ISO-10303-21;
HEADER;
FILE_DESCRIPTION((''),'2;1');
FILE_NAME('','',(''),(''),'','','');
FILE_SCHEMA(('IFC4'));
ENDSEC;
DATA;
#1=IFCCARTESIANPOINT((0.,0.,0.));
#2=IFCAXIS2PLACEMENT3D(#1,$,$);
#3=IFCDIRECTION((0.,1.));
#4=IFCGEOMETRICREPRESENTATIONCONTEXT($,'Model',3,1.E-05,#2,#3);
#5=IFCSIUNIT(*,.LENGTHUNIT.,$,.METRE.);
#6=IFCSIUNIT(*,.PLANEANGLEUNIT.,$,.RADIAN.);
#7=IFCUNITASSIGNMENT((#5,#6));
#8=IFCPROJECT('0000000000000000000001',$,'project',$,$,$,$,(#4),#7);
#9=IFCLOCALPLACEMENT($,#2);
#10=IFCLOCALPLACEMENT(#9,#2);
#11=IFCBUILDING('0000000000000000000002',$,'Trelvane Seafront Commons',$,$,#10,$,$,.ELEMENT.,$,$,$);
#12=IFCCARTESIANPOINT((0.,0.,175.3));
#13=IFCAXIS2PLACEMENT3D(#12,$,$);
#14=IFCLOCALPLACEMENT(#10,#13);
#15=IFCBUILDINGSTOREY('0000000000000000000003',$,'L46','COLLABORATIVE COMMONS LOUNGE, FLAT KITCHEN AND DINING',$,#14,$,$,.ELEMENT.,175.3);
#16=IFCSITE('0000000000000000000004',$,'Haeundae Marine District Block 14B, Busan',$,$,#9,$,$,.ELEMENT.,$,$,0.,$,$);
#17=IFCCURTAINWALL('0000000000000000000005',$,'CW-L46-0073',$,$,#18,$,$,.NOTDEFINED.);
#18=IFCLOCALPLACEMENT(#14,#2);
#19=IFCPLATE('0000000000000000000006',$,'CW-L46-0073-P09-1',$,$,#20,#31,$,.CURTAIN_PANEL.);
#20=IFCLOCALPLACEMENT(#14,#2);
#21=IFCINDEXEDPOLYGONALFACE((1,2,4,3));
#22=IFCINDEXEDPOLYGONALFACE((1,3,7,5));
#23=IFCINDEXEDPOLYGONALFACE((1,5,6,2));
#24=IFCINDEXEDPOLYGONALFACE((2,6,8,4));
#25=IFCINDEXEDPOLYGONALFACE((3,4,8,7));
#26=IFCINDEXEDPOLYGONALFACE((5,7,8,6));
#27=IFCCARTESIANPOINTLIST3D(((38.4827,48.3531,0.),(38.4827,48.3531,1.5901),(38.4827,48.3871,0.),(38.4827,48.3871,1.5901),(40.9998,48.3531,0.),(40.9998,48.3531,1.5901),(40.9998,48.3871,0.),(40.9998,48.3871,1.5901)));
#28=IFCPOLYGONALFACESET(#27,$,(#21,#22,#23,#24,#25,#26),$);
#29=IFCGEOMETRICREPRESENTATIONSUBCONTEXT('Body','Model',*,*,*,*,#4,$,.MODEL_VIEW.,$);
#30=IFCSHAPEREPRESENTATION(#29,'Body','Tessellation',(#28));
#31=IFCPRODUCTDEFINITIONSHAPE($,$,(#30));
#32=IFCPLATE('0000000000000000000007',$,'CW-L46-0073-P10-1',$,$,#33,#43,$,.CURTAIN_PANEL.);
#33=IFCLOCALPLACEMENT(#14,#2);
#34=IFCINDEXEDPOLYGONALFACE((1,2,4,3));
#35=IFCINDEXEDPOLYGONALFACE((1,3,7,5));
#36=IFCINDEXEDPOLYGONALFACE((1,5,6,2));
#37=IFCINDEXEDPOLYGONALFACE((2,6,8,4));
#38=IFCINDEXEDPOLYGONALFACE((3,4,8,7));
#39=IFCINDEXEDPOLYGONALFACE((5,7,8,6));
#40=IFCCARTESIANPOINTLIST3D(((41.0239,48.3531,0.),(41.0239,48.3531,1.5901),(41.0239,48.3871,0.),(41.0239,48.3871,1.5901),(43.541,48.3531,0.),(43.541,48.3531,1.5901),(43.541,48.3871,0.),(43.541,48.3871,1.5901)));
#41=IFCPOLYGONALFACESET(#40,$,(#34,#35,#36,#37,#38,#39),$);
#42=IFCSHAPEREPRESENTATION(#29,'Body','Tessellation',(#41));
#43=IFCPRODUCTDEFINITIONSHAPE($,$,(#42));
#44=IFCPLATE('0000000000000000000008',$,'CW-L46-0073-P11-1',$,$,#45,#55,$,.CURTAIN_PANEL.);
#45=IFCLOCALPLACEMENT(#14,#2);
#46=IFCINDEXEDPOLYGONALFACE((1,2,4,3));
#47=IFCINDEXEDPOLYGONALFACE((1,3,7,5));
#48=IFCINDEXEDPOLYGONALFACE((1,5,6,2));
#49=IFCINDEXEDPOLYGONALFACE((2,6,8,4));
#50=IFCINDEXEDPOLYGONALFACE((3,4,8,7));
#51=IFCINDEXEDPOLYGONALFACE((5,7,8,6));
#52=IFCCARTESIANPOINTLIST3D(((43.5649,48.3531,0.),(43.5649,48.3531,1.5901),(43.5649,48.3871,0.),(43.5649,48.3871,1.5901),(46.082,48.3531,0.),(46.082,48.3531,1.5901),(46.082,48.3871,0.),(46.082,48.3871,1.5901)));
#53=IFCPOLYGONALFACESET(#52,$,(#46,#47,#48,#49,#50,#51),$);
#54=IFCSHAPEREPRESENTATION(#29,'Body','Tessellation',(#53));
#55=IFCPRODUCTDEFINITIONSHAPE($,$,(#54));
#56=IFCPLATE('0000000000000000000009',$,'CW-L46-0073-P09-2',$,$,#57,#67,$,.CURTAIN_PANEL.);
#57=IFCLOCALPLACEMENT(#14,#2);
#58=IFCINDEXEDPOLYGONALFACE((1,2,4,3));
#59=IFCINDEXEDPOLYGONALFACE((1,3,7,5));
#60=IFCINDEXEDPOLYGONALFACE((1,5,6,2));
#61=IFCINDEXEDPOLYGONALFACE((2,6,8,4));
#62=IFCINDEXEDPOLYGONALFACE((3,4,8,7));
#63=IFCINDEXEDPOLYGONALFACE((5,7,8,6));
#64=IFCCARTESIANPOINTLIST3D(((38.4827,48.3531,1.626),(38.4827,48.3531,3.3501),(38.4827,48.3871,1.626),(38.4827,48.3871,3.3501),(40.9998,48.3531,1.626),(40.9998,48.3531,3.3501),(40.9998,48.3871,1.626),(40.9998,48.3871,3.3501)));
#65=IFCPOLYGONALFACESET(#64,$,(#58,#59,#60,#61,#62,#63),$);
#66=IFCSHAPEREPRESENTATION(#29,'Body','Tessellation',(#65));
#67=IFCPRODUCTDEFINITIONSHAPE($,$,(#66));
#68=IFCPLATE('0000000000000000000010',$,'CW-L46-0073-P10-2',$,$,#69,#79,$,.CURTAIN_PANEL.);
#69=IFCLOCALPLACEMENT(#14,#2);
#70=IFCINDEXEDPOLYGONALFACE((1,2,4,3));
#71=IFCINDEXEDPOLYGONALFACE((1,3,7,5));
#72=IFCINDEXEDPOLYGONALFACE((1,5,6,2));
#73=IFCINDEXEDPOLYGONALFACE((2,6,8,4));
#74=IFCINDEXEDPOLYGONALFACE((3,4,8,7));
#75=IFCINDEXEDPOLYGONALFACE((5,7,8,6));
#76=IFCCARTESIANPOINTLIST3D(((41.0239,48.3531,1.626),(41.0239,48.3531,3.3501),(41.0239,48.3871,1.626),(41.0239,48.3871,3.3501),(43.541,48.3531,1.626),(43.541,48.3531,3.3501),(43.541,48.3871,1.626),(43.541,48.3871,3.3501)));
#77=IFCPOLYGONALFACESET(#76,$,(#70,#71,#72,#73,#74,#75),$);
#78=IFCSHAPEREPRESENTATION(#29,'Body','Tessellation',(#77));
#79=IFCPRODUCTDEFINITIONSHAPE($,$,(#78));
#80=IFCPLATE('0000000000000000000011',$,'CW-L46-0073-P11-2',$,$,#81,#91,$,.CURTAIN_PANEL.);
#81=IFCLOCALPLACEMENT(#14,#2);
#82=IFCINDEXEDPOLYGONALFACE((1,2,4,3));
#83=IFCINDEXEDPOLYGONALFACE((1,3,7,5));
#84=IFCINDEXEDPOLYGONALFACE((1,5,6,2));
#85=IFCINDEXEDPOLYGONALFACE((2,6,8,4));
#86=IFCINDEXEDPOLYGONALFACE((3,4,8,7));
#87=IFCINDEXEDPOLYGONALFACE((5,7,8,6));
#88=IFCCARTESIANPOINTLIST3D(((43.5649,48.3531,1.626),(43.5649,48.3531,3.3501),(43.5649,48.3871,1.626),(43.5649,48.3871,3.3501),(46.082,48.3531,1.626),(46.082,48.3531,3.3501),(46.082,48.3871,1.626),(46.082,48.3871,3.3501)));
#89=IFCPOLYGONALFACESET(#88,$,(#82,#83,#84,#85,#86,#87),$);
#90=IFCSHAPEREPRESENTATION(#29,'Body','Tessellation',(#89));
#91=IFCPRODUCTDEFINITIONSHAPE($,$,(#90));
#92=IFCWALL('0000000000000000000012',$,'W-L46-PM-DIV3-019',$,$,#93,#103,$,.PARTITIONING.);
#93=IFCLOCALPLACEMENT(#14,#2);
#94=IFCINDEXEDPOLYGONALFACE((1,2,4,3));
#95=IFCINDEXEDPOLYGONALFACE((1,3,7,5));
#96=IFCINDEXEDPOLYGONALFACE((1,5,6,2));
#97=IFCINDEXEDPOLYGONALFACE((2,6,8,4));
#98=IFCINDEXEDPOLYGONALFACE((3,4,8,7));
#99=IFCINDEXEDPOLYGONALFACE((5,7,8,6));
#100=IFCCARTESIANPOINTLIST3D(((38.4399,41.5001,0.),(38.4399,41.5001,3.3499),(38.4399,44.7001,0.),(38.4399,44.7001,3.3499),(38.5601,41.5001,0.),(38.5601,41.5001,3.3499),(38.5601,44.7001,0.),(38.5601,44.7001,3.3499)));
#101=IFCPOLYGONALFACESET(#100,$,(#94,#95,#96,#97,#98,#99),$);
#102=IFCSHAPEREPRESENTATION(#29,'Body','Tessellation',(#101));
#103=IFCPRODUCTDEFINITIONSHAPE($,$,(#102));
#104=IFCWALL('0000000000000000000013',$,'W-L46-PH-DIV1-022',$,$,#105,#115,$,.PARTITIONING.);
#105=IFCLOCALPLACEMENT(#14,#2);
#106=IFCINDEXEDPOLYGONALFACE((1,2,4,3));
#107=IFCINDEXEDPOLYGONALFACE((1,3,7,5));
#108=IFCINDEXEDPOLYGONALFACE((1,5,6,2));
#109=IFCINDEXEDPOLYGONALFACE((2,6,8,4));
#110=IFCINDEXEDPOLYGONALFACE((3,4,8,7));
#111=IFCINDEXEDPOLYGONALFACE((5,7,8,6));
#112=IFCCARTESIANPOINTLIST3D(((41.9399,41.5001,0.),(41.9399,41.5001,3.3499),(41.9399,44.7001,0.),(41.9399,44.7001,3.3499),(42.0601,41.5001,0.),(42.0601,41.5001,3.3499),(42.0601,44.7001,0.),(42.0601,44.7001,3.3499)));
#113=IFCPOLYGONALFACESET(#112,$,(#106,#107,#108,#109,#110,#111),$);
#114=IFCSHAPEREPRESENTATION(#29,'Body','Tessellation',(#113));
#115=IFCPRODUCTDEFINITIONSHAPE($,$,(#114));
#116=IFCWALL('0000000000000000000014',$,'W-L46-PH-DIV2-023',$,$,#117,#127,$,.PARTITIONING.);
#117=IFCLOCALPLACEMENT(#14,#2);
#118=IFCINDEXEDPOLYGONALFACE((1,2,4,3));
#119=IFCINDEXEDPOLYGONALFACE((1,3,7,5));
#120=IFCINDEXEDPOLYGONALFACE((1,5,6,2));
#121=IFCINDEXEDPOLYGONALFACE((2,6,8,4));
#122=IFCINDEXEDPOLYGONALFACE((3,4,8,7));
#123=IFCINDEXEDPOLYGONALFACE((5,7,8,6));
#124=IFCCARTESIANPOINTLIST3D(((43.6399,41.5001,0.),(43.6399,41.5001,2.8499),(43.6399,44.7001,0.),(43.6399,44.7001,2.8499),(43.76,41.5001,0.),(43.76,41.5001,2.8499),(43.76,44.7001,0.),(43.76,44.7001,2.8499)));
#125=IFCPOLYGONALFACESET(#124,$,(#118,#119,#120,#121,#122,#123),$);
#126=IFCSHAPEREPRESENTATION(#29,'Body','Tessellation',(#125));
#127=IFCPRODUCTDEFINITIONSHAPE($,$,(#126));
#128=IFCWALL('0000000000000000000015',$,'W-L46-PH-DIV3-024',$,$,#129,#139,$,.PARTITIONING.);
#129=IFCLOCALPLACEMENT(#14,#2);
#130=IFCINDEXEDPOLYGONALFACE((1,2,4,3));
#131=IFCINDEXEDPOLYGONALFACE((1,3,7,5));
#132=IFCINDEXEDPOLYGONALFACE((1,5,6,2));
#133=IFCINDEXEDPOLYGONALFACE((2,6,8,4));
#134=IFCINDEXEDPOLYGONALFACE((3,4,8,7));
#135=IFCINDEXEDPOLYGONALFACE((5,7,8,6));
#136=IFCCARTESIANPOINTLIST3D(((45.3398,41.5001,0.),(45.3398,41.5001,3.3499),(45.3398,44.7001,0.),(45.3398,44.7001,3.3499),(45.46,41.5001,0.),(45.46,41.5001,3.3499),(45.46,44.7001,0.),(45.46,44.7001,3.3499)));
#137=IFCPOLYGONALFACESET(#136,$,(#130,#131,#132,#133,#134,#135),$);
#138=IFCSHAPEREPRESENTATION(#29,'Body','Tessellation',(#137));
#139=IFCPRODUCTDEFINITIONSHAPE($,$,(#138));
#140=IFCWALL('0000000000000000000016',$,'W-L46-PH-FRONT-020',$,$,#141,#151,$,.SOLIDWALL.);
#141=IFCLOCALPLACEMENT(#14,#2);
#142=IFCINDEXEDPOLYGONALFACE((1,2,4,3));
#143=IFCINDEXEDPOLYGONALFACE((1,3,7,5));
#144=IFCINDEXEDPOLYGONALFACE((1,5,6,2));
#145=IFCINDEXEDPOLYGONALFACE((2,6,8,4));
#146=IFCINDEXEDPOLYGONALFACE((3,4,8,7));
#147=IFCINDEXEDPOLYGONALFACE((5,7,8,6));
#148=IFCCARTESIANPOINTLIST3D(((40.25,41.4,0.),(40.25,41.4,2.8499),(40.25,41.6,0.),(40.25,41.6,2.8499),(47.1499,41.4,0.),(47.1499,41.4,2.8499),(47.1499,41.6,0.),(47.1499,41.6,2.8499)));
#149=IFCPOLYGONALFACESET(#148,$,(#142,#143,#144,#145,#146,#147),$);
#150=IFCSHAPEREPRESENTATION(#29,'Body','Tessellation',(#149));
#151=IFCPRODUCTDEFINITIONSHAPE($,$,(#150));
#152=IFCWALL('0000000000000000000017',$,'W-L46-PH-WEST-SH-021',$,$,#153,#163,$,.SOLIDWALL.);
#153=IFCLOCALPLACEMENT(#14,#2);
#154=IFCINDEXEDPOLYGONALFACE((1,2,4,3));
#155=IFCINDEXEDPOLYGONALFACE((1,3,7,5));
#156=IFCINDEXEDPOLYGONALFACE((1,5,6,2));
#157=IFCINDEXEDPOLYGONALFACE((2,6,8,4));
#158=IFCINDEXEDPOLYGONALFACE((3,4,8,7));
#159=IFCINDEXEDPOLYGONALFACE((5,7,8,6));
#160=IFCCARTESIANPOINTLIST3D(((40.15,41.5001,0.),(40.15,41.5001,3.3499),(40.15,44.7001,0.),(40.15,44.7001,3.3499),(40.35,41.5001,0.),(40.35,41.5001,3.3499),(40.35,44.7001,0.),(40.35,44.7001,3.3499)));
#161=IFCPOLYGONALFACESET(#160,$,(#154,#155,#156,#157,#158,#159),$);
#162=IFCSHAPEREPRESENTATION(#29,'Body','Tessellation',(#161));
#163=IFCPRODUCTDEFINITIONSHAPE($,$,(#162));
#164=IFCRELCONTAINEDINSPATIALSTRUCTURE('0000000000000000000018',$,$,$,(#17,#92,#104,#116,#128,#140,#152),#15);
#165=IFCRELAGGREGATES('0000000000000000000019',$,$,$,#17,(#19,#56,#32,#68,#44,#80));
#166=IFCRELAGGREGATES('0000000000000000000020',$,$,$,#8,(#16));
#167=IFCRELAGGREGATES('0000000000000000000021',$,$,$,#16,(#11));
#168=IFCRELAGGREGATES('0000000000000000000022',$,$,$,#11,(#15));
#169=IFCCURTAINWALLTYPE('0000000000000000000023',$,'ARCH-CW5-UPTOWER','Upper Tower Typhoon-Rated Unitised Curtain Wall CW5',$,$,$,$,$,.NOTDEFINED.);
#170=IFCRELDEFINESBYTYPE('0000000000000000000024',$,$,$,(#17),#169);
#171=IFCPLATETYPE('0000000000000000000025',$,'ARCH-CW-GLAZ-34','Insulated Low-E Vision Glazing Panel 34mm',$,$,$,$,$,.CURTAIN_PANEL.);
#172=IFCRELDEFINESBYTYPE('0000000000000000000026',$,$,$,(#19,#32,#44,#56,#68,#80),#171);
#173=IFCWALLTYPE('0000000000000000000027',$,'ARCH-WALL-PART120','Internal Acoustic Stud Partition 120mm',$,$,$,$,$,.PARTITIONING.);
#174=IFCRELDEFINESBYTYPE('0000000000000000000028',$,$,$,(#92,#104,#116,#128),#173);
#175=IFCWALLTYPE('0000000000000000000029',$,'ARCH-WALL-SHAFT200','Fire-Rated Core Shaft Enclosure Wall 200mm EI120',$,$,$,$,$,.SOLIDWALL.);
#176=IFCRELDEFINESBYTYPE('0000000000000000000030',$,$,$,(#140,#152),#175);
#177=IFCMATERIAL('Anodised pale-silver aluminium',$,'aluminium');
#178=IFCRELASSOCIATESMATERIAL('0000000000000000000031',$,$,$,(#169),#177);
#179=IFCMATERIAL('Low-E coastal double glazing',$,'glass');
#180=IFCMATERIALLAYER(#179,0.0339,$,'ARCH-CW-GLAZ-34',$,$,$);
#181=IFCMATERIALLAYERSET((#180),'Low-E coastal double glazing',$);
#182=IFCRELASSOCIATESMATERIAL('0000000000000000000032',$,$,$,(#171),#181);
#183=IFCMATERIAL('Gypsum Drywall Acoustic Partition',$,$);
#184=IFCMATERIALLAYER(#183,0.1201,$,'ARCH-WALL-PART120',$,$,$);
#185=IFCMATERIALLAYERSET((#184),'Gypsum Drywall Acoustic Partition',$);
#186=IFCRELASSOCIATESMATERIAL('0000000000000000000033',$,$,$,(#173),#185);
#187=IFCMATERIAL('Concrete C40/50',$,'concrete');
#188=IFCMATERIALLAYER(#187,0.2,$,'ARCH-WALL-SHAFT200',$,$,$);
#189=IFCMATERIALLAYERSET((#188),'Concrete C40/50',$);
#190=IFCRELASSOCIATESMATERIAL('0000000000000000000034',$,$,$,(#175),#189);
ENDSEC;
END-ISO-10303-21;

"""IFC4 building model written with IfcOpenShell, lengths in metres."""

from ifc_helpers import new_model, si_unit, direction, frame, frame_2d, origin, origin_2d, place, context, subcontext, project, spatial, rectangle, extrude, source, transform, mapped, material, layer, layer_set, type_object, element, aggregate, save


model = new_model("IFC4")

# Units and contexts
model_context = context("Model", 3, precision=1e-05, world=origin(), true_north=direction((0.0, 1.0)))
body_context = subcontext(model_context, "Body", "Model", "MODEL_VIEW")
ifc_project = project(units=[si_unit("LENGTHUNIT", "METRE"), si_unit("PLANEANGLEUNIT", "RADIAN")], contexts=[model_context])

# Site, building, storey
site_placement = place(None, origin())
site = spatial("IfcSite", under=ifc_project, at=site_placement, Name="Haeundae Marine District Block 14B, Busan", CompositionType="ELEMENT", RefElevation=0.0)
building_placement = place(site_placement, origin())
building = spatial("IfcBuilding", under=site, at=building_placement, Name="Trelvane Seafront Commons", CompositionType="ELEMENT")
storey_placement = place(building_placement, frame((0.0, 0.0, 175.3)))
storey = spatial("IfcBuildingStorey", under=building, at=storey_placement, Name="L46", Description="COLLABORATIVE COMMONS LOUNGE, FLAT KITCHEN AND DINING", CompositionType="ELEMENT", Elevation=175.3)

# Curtain wall
ifc_material_1 = material(Name="Anodised pale-silver aluminium", Category="aluminium")
curtain_wall_type = type_object("IfcCurtainWallType", Name="ARCH-CW5-UPTOWER", Description="Upper Tower Typhoon-Rated Unitised Curtain Wall CW5", PredefinedType="NOTDEFINED", material=ifc_material_1)
curtain_wall_placement = place(storey_placement, origin())
curtain_wall = element("IfcCurtainWall", 1, at=curtain_wall_placement, inside=storey, type_object=curtain_wall_type, Name="CW-L46-0073", PredefinedType="NOTDEFINED")

# Plates
ifc_material_2 = material(Name="Low-E coastal double glazing", Category="glass")
ifc_layer_1 = layer(ifc_material_2, 0.0339, Name="ARCH-CW-GLAZ-34")
ifc_layer_set_1 = layer_set([ifc_layer_1], Name="Low-E coastal double glazing")
plate_type_1 = type_object("IfcPlateType", Name="ARCH-CW-GLAZ-34", Description="Insulated Low-E Vision Glazing Panel 34mm", PredefinedType="CURTAIN_PANEL", material=ifc_layer_set_1)
shared_shape_1 = source(origin(), body_context, "Body", "SweptSolid", [
    extrude(rectangle(XDim=2.5171, YDim=0.0339, at=origin_2d()), origin(), (0.0, 0.0, 1.0), 1.5901),
])
plate_1_placement = place(storey_placement, frame((39.7412, 48.3701, 0.0), z_axis=(0.0, 0.0, 1.0), x_axis=(1.0, 0.0, 0.0)))
plate_1 = element("IfcPlate", 2, at=plate_1_placement, type_object=plate_type_1, Name="CW-L46-0073-P09-1", PredefinedType="CURTAIN_PANEL", context=body_context, shape_type="MappedRepresentation", body=[
    mapped(shared_shape_1, transform((0.0, 0.0, 0.0), x_axis=(1.0, 0.0, 0.0), y_axis=(0.0, 1.0, 0.0), z_axis=(0.0, 0.0, 1.0), scale=1.0)),
])
plate_2_placement = place(storey_placement, frame((42.2825, 48.3701, 0.0), z_axis=(0.0, 0.0, 1.0), x_axis=(1.0, 0.0, 0.0)))
plate_2 = element("IfcPlate", 3, at=plate_2_placement, type_object=plate_type_1, Name="CW-L46-0073-P10-1", PredefinedType="CURTAIN_PANEL", context=body_context, shape_type="MappedRepresentation", body=[
    mapped(shared_shape_1, transform((0.0, 0.0, 0.0), x_axis=(1.0, 0.0, 0.0), y_axis=(0.0, 1.0, 0.0), z_axis=(0.0, 0.0, 1.0), scale=1.0)),
])
plate_3_placement = place(storey_placement, frame((44.8235, 48.3701, 0.0), z_axis=(0.0, 0.0, 1.0), x_axis=(1.0, 0.0, 0.0)))
plate_3 = element("IfcPlate", 4, at=plate_3_placement, type_object=plate_type_1, Name="CW-L46-0073-P11-1", PredefinedType="CURTAIN_PANEL", context=body_context, shape_type="MappedRepresentation", body=[
    mapped(shared_shape_1, transform((0.0, 0.0, 0.0), x_axis=(1.0, 0.0, 0.0), y_axis=(0.0, 1.0, 0.0), z_axis=(0.0, 0.0, 1.0), scale=1.0)),
])
shared_shape_2 = source(origin(), body_context, "Body", "SweptSolid", [
    extrude(rectangle(XDim=2.5171, YDim=0.0339, at=origin_2d()), origin(), (0.0, 0.0, 1.0), 1.7241),
])
plate_4_placement = place(storey_placement, frame((39.7412, 48.3701, 1.626), z_axis=(0.0, 0.0, 1.0), x_axis=(1.0, 0.0, 0.0)))
plate_4 = element("IfcPlate", 5, at=plate_4_placement, type_object=plate_type_1, Name="CW-L46-0073-P09-2", PredefinedType="CURTAIN_PANEL", context=body_context, shape_type="MappedRepresentation", body=[
    mapped(shared_shape_2, transform((0.0, 0.0, 0.0), x_axis=(1.0, 0.0, 0.0), y_axis=(0.0, 1.0, 0.0), z_axis=(0.0, 0.0, 1.0), scale=1.0)),
])
plate_5_placement = place(storey_placement, frame((42.2825, 48.3701, 1.626), z_axis=(0.0, 0.0, 1.0), x_axis=(1.0, 0.0, 0.0)))
plate_5 = element("IfcPlate", 6, at=plate_5_placement, type_object=plate_type_1, Name="CW-L46-0073-P10-2", PredefinedType="CURTAIN_PANEL", context=body_context, shape_type="MappedRepresentation", body=[
    mapped(shared_shape_2, transform((0.0, 0.0, 0.0), x_axis=(1.0, 0.0, 0.0), y_axis=(0.0, 1.0, 0.0), z_axis=(0.0, 0.0, 1.0), scale=1.0)),
])
plate_6_placement = place(storey_placement, frame((44.8235, 48.3701, 1.626), z_axis=(0.0, 0.0, 1.0), x_axis=(1.0, 0.0, 0.0)))
plate_6 = element("IfcPlate", 7, at=plate_6_placement, type_object=plate_type_1, Name="CW-L46-0073-P11-2", PredefinedType="CURTAIN_PANEL", context=body_context, shape_type="MappedRepresentation", body=[
    mapped(shared_shape_2, transform((0.0, 0.0, 0.0), x_axis=(1.0, 0.0, 0.0), y_axis=(0.0, 1.0, 0.0), z_axis=(0.0, 0.0, 1.0), scale=1.0)),
])
aggregate(curtain_wall, [plate_1, plate_4, plate_2, plate_5, plate_3, plate_6])

# Walls
ifc_material_3 = material(Name="Gypsum Drywall Acoustic Partition")
ifc_layer_2 = layer(ifc_material_3, 0.1201, Name="ARCH-WALL-PART120")
ifc_layer_set_2 = layer_set([ifc_layer_2], Name="Gypsum Drywall Acoustic Partition")
wall_type_1 = type_object("IfcWallType", Name="ARCH-WALL-PART120", Description="Internal Acoustic Stud Partition 120mm", PredefinedType="PARTITIONING", material=ifc_layer_set_2)
for number, where, z_axis, x_axis, name in (
    (8, (38.5, 41.5, 0.0), (0.0, 0.0, 1.0), (0.0, 1.0, 0.0), "W-L46-PM-DIV3-019"),
    (9, (42.0, 41.5, 0.0), (0.0, 0.0, 1.0), (0.0, 1.0, 0.0), "W-L46-PH-DIV1-022"),
):
    element("IfcWall", number, at=place(storey_placement, frame(where, z_axis=z_axis, x_axis=x_axis)), inside=storey, type_object=wall_type_1, Name=name, PredefinedType="PARTITIONING", context=body_context, shape_type="SweptSolid", body=[
        extrude(rectangle(XDim=3.2, YDim=0.1201, at=frame_2d((1.6001, 0.0))), origin(), (0.0, 0.0, 1.0), 3.3499),
    ])
wall_1_placement = place(storey_placement, frame((43.7, 41.5, 0.0), z_axis=(0.0, 0.0, 1.0), x_axis=(0.0, 1.0, 0.0)))
element("IfcWall", 10, at=wall_1_placement, inside=storey, type_object=wall_type_1, Name="W-L46-PH-DIV2-023", PredefinedType="PARTITIONING", context=body_context, shape_type="SweptSolid", body=[
    extrude(rectangle(XDim=3.2, YDim=0.1201, at=frame_2d((1.6001, 0.0))), origin(), (0.0, 0.0, 1.0), 2.8499),
])
wall_2_placement = place(storey_placement, frame((45.3999, 41.5, 0.0), z_axis=(0.0, 0.0, 1.0), x_axis=(0.0, 1.0, 0.0)))
element("IfcWall", 11, at=wall_2_placement, inside=storey, type_object=wall_type_1, Name="W-L46-PH-DIV3-024", PredefinedType="PARTITIONING", context=body_context, shape_type="SweptSolid", body=[
    extrude(rectangle(XDim=3.2, YDim=0.1201, at=frame_2d((1.6001, 0.0))), origin(), (0.0, 0.0, 1.0), 3.3499),
])
ifc_material_4 = material(Name="Concrete C40/50", Category="concrete")
ifc_layer_3 = layer(ifc_material_4, 0.2, Name="ARCH-WALL-SHAFT200")
ifc_layer_set_3 = layer_set([ifc_layer_3], Name="Concrete C40/50")
wall_type_2 = type_object("IfcWallType", Name="ARCH-WALL-SHAFT200", Description="Fire-Rated Core Shaft Enclosure Wall 200mm EI120", PredefinedType="SOLIDWALL", material=ifc_layer_set_3)
wall_3_placement = place(storey_placement, frame((40.25, 41.5, 0.0), z_axis=(0.0, 0.0, 1.0), x_axis=(1.0, 0.0, 0.0)))
element("IfcWall", 12, at=wall_3_placement, inside=storey, type_object=wall_type_2, Name="W-L46-PH-FRONT-020", PredefinedType="SOLIDWALL", context=body_context, shape_type="SweptSolid", body=[
    extrude(rectangle(XDim=6.8999, YDim=0.2, at=frame_2d((3.45, 0.0))), origin(), (0.0, 0.0, 1.0), 2.8499),
])
wall_4_placement = place(storey_placement, frame((40.25, 41.5, 0.0), z_axis=(0.0, 0.0, 1.0), x_axis=(0.0, 1.0, 0.0)))
element("IfcWall", 13, at=wall_4_placement, inside=storey, type_object=wall_type_2, Name="W-L46-PH-WEST-SH-021", PredefinedType="SOLIDWALL", context=body_context, shape_type="SweptSolid", body=[
    extrude(rectangle(XDim=3.2, YDim=0.2, at=frame_2d((1.6001, 0.0))), origin(), (0.0, 0.0, 1.0), 3.3499),
])

save(model, "model.ifc")
